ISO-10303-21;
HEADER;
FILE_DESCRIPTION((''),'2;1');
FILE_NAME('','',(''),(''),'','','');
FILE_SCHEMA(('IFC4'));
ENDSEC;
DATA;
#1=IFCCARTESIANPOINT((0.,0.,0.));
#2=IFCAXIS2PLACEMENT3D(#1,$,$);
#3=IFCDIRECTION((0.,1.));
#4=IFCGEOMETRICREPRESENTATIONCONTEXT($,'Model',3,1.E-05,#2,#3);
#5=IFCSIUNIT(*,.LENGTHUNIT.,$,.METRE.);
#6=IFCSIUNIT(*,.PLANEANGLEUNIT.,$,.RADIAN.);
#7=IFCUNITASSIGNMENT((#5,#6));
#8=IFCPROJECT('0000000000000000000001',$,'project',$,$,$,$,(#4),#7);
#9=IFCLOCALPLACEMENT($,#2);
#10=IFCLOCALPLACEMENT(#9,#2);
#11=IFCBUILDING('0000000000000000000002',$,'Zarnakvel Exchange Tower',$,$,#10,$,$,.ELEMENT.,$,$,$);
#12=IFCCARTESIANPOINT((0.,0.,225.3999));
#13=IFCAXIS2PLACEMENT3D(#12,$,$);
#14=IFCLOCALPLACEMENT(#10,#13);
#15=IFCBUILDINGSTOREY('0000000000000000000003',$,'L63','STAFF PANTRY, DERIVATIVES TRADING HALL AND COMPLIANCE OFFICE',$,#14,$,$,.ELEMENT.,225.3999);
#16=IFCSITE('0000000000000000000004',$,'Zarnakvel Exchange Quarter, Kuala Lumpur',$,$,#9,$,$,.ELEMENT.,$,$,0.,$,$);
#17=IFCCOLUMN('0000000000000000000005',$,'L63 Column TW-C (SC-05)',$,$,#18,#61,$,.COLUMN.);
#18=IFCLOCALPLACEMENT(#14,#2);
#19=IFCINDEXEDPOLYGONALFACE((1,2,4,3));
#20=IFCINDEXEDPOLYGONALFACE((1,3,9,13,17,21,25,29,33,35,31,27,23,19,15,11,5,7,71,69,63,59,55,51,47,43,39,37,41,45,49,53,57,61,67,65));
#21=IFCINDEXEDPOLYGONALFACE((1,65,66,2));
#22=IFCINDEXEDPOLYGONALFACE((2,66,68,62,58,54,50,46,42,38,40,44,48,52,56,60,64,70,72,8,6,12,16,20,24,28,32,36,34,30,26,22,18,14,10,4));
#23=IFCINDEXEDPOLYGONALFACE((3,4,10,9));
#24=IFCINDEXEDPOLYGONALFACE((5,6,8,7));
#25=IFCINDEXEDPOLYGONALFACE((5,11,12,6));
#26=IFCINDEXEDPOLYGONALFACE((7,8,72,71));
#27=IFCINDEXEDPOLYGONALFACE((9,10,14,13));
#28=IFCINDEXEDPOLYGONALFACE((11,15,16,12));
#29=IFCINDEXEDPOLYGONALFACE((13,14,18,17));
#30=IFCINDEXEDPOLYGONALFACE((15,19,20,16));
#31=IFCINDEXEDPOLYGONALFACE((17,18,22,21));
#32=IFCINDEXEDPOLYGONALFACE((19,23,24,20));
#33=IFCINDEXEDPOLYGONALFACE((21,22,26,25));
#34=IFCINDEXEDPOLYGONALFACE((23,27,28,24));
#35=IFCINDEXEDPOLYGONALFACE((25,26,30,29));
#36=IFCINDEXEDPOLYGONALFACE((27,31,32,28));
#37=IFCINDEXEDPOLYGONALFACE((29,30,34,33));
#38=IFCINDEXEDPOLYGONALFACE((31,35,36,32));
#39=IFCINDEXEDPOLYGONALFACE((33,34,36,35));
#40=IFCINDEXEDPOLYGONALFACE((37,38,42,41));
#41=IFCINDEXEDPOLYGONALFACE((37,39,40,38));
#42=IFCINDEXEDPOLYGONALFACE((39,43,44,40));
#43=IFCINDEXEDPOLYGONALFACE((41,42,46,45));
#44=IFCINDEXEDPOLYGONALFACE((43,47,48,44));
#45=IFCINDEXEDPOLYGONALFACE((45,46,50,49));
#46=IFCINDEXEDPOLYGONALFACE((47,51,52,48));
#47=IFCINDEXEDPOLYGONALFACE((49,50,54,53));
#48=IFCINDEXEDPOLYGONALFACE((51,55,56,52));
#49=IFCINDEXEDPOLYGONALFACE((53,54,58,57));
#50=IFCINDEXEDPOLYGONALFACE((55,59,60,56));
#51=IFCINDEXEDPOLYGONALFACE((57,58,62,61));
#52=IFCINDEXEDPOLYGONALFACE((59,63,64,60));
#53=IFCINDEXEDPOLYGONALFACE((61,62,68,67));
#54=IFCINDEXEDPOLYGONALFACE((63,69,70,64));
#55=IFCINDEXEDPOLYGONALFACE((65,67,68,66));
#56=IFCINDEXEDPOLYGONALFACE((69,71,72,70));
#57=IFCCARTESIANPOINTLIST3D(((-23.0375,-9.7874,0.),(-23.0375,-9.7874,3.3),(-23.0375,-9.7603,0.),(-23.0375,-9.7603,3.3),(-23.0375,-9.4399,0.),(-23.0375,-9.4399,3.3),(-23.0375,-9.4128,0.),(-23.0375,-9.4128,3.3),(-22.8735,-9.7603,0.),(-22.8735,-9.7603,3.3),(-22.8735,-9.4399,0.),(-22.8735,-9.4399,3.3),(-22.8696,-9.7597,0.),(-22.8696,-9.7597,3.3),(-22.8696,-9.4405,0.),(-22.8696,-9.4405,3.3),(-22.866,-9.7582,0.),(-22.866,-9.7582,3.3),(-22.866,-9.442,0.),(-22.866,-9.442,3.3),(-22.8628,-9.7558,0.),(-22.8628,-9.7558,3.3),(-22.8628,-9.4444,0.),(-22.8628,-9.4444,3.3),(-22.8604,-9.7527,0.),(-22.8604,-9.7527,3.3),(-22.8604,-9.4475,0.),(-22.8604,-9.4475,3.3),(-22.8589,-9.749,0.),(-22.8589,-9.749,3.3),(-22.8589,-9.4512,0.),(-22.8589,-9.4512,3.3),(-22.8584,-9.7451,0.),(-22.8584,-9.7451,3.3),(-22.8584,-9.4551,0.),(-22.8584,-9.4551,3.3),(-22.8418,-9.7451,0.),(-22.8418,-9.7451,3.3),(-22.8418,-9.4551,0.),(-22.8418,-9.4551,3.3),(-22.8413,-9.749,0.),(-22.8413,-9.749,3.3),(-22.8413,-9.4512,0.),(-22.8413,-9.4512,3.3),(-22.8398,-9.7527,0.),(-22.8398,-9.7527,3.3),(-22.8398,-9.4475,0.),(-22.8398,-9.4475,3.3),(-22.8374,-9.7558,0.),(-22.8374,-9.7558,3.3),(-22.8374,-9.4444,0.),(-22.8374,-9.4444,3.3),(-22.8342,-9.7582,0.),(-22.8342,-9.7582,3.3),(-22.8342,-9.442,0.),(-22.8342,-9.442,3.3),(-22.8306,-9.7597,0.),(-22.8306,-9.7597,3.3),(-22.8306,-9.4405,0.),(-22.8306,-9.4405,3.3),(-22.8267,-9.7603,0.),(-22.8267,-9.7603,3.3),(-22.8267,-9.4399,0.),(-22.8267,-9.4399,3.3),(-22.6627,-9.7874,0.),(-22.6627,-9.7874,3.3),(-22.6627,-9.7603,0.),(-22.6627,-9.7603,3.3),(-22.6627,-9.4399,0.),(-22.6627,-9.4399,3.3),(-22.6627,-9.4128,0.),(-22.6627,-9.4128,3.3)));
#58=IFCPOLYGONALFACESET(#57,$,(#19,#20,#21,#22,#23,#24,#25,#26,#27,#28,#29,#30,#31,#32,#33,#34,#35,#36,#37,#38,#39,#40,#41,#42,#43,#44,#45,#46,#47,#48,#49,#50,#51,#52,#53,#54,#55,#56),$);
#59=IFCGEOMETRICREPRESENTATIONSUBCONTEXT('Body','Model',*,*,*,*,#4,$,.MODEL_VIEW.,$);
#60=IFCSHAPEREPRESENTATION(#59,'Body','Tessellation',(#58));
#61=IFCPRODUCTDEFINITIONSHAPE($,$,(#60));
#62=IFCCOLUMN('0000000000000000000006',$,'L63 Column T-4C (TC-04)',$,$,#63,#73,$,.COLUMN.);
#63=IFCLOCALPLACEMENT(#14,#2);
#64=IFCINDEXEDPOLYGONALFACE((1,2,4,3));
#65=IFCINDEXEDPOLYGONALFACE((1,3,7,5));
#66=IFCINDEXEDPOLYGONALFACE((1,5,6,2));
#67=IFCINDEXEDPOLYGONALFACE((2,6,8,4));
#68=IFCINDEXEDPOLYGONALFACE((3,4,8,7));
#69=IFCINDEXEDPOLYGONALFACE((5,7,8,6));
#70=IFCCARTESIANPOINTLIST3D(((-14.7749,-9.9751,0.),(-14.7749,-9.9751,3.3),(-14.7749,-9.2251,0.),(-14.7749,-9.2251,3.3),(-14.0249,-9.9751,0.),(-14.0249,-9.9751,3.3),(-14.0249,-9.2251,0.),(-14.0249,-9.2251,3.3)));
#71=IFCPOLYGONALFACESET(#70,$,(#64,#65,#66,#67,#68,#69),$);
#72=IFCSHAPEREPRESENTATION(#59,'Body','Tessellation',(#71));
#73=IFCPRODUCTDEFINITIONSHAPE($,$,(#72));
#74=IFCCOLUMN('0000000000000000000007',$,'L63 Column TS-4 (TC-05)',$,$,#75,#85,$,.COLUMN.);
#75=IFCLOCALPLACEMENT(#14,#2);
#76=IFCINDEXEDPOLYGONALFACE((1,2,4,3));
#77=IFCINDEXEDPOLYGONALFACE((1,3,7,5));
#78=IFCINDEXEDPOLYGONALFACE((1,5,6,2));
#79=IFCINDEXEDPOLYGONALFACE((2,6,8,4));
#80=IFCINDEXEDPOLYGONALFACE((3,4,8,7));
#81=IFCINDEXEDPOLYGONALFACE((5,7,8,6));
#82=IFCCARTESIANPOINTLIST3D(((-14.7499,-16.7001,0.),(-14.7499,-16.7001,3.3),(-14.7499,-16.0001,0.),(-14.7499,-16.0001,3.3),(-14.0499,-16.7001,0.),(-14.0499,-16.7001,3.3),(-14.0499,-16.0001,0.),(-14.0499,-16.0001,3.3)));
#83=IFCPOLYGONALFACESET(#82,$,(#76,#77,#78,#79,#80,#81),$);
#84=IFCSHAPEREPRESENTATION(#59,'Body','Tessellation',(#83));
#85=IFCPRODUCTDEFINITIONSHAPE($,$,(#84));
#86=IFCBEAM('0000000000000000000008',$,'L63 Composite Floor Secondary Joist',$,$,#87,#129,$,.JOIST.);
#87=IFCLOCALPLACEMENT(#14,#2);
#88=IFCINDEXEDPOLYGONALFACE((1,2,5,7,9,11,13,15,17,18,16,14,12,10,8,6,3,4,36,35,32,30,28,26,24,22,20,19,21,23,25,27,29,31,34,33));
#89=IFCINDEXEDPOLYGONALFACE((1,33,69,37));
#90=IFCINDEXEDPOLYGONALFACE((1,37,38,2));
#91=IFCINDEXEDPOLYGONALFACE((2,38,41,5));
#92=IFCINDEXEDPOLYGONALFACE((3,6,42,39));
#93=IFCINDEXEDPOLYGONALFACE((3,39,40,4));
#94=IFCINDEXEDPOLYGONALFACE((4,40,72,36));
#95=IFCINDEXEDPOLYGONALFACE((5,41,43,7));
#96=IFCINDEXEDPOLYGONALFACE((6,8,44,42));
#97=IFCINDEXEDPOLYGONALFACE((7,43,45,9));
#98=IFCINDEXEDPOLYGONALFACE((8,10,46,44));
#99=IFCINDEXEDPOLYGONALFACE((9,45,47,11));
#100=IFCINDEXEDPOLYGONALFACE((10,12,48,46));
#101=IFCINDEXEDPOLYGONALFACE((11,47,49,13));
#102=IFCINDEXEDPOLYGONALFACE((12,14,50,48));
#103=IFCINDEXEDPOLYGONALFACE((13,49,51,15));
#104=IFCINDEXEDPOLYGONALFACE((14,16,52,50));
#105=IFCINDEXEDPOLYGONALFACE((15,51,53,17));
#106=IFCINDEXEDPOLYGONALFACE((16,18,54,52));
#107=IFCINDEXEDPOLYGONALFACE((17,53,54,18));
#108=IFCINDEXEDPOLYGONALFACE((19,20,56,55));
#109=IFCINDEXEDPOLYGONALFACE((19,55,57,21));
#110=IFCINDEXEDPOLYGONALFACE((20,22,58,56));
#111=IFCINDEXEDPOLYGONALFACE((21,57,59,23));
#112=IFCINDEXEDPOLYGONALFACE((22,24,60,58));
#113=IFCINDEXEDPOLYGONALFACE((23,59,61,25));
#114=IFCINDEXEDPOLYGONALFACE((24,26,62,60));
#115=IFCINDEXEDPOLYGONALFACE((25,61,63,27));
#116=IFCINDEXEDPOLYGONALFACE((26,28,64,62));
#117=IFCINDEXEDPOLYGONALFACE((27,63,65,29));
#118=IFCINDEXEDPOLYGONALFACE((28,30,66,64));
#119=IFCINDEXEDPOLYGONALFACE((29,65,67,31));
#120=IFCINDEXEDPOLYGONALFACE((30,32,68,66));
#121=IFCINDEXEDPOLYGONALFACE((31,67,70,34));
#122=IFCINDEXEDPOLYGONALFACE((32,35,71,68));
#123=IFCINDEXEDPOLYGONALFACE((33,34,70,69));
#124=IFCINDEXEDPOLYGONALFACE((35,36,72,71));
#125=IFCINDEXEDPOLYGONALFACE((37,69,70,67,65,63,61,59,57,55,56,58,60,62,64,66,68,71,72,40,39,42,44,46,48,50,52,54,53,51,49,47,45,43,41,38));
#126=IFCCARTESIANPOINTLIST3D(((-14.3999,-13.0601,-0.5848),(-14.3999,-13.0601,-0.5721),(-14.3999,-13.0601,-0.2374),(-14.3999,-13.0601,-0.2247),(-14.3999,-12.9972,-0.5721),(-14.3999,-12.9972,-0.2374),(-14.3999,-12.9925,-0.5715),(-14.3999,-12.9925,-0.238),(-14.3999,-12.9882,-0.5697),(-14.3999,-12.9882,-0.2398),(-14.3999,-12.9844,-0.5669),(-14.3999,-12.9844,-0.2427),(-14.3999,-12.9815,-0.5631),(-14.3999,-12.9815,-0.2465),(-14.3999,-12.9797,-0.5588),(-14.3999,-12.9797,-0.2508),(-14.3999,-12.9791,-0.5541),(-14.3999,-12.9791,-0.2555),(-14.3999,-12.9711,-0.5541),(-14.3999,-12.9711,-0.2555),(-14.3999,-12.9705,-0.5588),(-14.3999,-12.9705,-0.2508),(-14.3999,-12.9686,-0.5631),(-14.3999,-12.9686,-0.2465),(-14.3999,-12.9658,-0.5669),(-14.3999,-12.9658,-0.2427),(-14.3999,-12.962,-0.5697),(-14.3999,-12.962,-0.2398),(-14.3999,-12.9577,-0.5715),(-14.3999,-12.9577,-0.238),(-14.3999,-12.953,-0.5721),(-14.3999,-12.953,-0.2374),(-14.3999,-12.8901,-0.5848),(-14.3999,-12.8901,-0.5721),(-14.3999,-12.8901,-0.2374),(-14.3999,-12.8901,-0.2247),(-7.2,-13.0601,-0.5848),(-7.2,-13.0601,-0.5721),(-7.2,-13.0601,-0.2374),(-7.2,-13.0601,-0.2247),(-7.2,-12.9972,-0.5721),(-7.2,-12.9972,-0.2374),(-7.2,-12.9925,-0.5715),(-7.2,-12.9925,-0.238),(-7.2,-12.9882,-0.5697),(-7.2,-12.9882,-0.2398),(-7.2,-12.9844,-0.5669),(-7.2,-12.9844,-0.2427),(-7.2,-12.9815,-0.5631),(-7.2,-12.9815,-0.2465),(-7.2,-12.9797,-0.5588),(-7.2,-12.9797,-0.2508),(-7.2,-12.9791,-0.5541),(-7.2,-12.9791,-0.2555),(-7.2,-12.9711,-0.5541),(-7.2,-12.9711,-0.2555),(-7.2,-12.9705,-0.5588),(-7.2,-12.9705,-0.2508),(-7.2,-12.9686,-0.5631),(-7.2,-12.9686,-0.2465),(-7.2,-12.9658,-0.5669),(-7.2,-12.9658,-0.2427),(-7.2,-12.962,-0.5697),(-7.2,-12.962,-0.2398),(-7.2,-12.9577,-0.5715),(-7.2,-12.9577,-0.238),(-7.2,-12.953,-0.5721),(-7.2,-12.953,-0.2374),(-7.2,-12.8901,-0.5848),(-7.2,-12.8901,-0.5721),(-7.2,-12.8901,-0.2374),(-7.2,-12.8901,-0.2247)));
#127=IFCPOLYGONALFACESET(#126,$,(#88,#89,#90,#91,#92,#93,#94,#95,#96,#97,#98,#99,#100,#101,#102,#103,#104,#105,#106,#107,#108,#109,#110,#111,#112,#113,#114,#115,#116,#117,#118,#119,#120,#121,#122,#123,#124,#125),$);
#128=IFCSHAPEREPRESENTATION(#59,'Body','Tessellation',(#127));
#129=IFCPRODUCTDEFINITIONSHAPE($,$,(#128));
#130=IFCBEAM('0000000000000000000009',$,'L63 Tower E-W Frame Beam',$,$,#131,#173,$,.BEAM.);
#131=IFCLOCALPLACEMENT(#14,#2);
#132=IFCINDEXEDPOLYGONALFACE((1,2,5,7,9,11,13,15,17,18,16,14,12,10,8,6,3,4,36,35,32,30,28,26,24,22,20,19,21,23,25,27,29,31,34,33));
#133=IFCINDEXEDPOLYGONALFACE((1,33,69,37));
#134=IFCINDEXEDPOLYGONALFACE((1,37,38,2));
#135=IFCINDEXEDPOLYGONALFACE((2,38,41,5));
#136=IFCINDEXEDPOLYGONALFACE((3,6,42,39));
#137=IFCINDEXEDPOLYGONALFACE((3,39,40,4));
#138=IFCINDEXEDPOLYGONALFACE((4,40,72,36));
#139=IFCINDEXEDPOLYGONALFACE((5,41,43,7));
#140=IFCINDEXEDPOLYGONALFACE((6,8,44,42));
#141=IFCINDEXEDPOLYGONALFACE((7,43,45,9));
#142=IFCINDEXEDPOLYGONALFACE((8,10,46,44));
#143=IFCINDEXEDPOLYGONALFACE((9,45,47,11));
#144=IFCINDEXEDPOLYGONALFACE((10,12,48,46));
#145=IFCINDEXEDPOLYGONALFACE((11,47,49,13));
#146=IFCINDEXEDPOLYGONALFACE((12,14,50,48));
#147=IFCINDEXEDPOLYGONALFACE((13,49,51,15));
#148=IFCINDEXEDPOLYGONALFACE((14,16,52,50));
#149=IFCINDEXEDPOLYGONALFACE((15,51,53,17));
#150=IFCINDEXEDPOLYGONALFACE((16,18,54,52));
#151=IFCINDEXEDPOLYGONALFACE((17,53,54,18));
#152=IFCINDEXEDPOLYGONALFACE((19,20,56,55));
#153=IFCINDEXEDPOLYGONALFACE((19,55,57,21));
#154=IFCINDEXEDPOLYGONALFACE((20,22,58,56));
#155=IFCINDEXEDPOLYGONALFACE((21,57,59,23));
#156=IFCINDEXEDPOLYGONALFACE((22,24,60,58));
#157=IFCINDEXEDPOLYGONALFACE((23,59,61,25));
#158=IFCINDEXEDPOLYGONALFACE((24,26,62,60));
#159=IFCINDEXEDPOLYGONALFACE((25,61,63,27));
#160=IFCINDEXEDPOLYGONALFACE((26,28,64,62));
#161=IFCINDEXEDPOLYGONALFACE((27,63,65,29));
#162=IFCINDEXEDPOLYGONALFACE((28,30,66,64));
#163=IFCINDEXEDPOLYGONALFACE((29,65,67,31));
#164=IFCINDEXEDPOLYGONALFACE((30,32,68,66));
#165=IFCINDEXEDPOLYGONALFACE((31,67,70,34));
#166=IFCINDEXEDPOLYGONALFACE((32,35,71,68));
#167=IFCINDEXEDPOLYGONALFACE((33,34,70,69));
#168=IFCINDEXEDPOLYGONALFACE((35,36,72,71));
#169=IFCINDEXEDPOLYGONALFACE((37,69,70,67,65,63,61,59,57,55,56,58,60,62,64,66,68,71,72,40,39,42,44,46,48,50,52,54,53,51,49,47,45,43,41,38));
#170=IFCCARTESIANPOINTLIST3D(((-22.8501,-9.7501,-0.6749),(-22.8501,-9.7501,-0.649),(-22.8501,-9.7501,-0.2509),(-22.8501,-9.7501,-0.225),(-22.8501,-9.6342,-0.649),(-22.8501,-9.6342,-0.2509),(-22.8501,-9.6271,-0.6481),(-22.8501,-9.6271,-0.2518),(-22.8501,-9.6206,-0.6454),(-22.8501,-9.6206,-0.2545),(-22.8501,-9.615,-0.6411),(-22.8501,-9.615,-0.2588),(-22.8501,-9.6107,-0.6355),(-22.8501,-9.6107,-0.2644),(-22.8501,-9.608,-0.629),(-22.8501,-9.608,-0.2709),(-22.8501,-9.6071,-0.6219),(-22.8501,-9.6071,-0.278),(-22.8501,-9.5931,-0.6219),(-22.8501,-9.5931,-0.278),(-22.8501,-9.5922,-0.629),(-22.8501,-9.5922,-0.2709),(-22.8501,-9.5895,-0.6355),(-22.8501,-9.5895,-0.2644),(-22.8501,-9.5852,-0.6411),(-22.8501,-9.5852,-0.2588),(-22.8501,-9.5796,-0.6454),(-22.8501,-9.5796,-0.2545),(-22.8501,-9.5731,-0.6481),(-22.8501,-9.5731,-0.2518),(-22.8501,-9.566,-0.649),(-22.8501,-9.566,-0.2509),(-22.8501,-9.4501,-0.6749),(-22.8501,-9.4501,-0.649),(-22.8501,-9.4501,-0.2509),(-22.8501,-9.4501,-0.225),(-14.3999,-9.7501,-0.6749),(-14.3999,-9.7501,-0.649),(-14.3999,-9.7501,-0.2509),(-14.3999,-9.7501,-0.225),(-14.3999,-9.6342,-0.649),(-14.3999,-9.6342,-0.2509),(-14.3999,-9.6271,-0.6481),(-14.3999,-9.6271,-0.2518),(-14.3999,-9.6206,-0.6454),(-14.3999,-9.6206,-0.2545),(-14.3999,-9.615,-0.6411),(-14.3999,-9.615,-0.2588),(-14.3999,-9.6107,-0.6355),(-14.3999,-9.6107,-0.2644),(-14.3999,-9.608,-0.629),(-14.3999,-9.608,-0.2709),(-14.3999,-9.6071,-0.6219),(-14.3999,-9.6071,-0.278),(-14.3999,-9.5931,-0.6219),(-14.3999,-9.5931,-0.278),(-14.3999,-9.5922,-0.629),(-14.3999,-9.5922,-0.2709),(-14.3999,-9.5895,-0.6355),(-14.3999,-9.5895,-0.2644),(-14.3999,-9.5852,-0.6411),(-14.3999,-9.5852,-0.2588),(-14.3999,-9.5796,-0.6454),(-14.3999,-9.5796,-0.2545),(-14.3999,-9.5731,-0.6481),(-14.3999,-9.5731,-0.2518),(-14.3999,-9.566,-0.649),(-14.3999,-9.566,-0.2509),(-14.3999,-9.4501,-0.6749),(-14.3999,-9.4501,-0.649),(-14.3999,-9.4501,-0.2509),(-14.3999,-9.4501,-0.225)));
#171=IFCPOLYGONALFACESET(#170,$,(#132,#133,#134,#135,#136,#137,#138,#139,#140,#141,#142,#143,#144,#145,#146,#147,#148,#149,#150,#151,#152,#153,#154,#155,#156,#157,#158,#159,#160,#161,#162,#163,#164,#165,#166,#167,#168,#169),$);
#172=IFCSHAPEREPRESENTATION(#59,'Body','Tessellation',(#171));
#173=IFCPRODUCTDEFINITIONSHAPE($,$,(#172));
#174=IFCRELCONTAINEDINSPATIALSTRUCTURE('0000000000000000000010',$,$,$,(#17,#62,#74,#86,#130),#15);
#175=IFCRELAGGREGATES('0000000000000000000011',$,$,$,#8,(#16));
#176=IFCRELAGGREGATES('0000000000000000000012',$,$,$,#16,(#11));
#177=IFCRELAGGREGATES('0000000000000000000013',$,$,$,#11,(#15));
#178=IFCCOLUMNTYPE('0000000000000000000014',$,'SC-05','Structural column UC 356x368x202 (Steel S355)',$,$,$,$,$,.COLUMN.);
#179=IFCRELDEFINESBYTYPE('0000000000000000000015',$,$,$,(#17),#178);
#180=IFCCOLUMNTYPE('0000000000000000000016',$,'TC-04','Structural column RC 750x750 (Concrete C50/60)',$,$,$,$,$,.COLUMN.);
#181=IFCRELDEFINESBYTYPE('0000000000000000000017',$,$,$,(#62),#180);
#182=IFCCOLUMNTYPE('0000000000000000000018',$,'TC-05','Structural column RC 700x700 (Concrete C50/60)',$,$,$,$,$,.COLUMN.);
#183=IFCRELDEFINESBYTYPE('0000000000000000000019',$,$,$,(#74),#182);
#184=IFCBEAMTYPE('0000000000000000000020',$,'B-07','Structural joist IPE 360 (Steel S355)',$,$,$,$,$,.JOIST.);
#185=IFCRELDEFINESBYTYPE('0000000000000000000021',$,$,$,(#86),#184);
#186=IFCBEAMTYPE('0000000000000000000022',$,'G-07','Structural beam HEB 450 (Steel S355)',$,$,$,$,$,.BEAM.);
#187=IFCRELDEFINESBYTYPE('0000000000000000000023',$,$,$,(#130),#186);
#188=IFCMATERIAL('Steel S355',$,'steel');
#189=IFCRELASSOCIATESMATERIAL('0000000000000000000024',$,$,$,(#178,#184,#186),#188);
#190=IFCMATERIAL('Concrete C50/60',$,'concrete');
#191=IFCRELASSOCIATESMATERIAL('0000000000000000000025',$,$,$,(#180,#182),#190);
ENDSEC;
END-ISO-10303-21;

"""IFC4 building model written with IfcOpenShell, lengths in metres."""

from ifc_helpers import new_model, si_unit, direction, frame, origin, origin_2d, place, context, subcontext, project, spatial, rectangle, i_section, extrude, material, material_profile, profile_set, type_object, element, save


model = new_model("IFC4")

# Units and contexts
model_context = context("Model", 3, precision=1e-05, world=origin(), true_north=direction((0.0, 1.0)))
body_context = subcontext(model_context, "Body", "Model", "MODEL_VIEW")
ifc_project = project(units=[si_unit("LENGTHUNIT", "METRE"), si_unit("PLANEANGLEUNIT", "RADIAN")], contexts=[model_context])

# Site, building, storey
site_placement = place(None, origin())
site = spatial("IfcSite", under=ifc_project, at=site_placement, Name="Zarnakvel Exchange Quarter, Kuala Lumpur", CompositionType="ELEMENT", RefElevation=0.0)
building_placement = place(site_placement, origin())
building = spatial("IfcBuilding", under=site, at=building_placement, Name="Zarnakvel Exchange Tower", CompositionType="ELEMENT")
storey_placement = place(building_placement, frame((0.0, 0.0, 225.3999)))
storey = spatial("IfcBuildingStorey", under=building, at=storey_placement, Name="L63", Description="STAFF PANTRY, DERIVATIVES TRADING HALL AND COMPLIANCE OFFICE", CompositionType="ELEMENT", Elevation=225.3999)

# Columns
ifc_material_1 = material(Name="Steel S355", Category="steel")
ifc_material_profile_1 = material_profile(ifc_material_1, i_section(OverallWidth=0.3748, OverallDepth=0.3745, WebThickness=0.0166, FlangeThickness=0.0271, FilletRadius=0.0151, at=origin_2d()))
ifc_profile_set_1 = profile_set([ifc_material_profile_1], Name="Steel S355")
column_type_1 = type_object("IfcColumnType", Name="SC-05", Description="Structural column UC 356x368x202 (Steel S355)", PredefinedType="COLUMN", material=ifc_profile_set_1)
column_1_placement = place(storey_placement, frame((-22.8501, -9.6001, 0.0), z_axis=(0.0, 0.0, 1.0), x_axis=(1.0, 0.0, 0.0)))
element("IfcColumn", 1, at=column_1_placement, inside=storey, type_object=column_type_1, Name="L63 Column TW-C (SC-05)", PredefinedType="COLUMN", context=body_context, shape_type="SweptSolid", body=[
    extrude(i_section(OverallWidth=0.3748, OverallDepth=0.3745, WebThickness=0.0166, FlangeThickness=0.0271, FilletRadius=0.0151, at=origin_2d()), origin(), (0.0, 0.0, 1.0), 3.3),
])
ifc_material_2 = material(Name="Concrete C50/60", Category="concrete")
ifc_material_profile_2 = material_profile(ifc_material_2, rectangle(XDim=0.75, YDim=0.75, at=origin_2d()))
ifc_profile_set_2 = profile_set([ifc_material_profile_2], Name="Concrete C50/60")
column_type_2 = type_object("IfcColumnType", Name="TC-04", Description="Structural column RC 750x750 (Concrete C50/60)", PredefinedType="COLUMN", material=ifc_profile_set_2)
column_2_placement = place(storey_placement, frame((-14.3999, -9.6001, 0.0), z_axis=(0.0, 0.0, 1.0), x_axis=(1.0, 0.0, 0.0)))
element("IfcColumn", 2, at=column_2_placement, inside=storey, type_object=column_type_2, Name="L63 Column T-4C (TC-04)", PredefinedType="COLUMN", context=body_context, shape_type="SweptSolid", body=[
    extrude(rectangle(XDim=0.75, YDim=0.75, at=origin_2d()), origin(), (0.0, 0.0, 1.0), 3.3),
])
ifc_material_profile_3 = material_profile(ifc_material_2, rectangle(XDim=0.7, YDim=0.7, at=origin_2d()))
ifc_profile_set_3 = profile_set([ifc_material_profile_3], Name="Concrete C50/60")
column_type_3 = type_object("IfcColumnType", Name="TC-05", Description="Structural column RC 700x700 (Concrete C50/60)", PredefinedType="COLUMN", material=ifc_profile_set_3)
column_3_placement = place(storey_placement, frame((-14.3999, -16.3501, 0.0), z_axis=(0.0, 0.0, 1.0), x_axis=(1.0, 0.0, 0.0)))
element("IfcColumn", 3, at=column_3_placement, inside=storey, type_object=column_type_3, Name="L63 Column TS-4 (TC-05)", PredefinedType="COLUMN", context=body_context, shape_type="SweptSolid", body=[
    extrude(rectangle(XDim=0.7, YDim=0.7, at=origin_2d()), origin(), (0.0, 0.0, 1.0), 3.3),
])

# Beams
ifc_material_profile_4 = material_profile(ifc_material_1, i_section(OverallWidth=0.1699, OverallDepth=0.3601, WebThickness=0.0081, FlangeThickness=0.0127, FilletRadius=0.0181, at=origin_2d()))
ifc_profile_set_4 = profile_set([ifc_material_profile_4], Name="Steel S355")
beam_type_1 = type_object("IfcBeamType", Name="B-07", Description="Structural joist IPE 360 (Steel S355)", PredefinedType="JOIST", material=ifc_profile_set_4)
beam_1_placement = place(storey_placement, frame((-14.3999, -12.9751, -0.4048), z_axis=(1.0, 0.0, 0.0), x_axis=(0.0, 1.0, 0.0)))
element("IfcBeam", 4, at=beam_1_placement, inside=storey, type_object=beam_type_1, Name="L63 Composite Floor Secondary Joist", PredefinedType="JOIST", context=body_context, shape_type="SweptSolid", body=[
    extrude(i_section(OverallWidth=0.1699, OverallDepth=0.3601, WebThickness=0.0081, FlangeThickness=0.0127, FilletRadius=0.0181, at=origin_2d()), origin(), (0.0, 0.0, 1.0), 7.2),
])
ifc_material_profile_5 = material_profile(ifc_material_1, i_section(OverallWidth=0.3, OverallDepth=0.45, WebThickness=0.0139, FlangeThickness=0.0259, FilletRadius=0.0271, at=origin_2d()))
ifc_profile_set_5 = profile_set([ifc_material_profile_5], Name="Steel S355")
beam_type_2 = type_object("IfcBeamType", Name="G-07", Description="Structural beam HEB 450 (Steel S355)", PredefinedType="BEAM", material=ifc_profile_set_5)
beam_2_placement = place(storey_placement, frame((-22.8501, -9.6001, -0.45), z_axis=(1.0, 0.0, 0.0), x_axis=(0.0, 1.0, 0.0)))
element("IfcBeam", 5, at=beam_2_placement, inside=storey, type_object=beam_type_2, Name="L63 Tower E-W Frame Beam", PredefinedType="BEAM", context=body_context, shape_type="SweptSolid", body=[
    extrude(i_section(OverallWidth=0.3, OverallDepth=0.45, WebThickness=0.0139, FlangeThickness=0.0259, FilletRadius=0.0271, at=origin_2d()), origin(), (0.0, 0.0, 1.0), 8.4502),
])

save(model, "model.ifc")
